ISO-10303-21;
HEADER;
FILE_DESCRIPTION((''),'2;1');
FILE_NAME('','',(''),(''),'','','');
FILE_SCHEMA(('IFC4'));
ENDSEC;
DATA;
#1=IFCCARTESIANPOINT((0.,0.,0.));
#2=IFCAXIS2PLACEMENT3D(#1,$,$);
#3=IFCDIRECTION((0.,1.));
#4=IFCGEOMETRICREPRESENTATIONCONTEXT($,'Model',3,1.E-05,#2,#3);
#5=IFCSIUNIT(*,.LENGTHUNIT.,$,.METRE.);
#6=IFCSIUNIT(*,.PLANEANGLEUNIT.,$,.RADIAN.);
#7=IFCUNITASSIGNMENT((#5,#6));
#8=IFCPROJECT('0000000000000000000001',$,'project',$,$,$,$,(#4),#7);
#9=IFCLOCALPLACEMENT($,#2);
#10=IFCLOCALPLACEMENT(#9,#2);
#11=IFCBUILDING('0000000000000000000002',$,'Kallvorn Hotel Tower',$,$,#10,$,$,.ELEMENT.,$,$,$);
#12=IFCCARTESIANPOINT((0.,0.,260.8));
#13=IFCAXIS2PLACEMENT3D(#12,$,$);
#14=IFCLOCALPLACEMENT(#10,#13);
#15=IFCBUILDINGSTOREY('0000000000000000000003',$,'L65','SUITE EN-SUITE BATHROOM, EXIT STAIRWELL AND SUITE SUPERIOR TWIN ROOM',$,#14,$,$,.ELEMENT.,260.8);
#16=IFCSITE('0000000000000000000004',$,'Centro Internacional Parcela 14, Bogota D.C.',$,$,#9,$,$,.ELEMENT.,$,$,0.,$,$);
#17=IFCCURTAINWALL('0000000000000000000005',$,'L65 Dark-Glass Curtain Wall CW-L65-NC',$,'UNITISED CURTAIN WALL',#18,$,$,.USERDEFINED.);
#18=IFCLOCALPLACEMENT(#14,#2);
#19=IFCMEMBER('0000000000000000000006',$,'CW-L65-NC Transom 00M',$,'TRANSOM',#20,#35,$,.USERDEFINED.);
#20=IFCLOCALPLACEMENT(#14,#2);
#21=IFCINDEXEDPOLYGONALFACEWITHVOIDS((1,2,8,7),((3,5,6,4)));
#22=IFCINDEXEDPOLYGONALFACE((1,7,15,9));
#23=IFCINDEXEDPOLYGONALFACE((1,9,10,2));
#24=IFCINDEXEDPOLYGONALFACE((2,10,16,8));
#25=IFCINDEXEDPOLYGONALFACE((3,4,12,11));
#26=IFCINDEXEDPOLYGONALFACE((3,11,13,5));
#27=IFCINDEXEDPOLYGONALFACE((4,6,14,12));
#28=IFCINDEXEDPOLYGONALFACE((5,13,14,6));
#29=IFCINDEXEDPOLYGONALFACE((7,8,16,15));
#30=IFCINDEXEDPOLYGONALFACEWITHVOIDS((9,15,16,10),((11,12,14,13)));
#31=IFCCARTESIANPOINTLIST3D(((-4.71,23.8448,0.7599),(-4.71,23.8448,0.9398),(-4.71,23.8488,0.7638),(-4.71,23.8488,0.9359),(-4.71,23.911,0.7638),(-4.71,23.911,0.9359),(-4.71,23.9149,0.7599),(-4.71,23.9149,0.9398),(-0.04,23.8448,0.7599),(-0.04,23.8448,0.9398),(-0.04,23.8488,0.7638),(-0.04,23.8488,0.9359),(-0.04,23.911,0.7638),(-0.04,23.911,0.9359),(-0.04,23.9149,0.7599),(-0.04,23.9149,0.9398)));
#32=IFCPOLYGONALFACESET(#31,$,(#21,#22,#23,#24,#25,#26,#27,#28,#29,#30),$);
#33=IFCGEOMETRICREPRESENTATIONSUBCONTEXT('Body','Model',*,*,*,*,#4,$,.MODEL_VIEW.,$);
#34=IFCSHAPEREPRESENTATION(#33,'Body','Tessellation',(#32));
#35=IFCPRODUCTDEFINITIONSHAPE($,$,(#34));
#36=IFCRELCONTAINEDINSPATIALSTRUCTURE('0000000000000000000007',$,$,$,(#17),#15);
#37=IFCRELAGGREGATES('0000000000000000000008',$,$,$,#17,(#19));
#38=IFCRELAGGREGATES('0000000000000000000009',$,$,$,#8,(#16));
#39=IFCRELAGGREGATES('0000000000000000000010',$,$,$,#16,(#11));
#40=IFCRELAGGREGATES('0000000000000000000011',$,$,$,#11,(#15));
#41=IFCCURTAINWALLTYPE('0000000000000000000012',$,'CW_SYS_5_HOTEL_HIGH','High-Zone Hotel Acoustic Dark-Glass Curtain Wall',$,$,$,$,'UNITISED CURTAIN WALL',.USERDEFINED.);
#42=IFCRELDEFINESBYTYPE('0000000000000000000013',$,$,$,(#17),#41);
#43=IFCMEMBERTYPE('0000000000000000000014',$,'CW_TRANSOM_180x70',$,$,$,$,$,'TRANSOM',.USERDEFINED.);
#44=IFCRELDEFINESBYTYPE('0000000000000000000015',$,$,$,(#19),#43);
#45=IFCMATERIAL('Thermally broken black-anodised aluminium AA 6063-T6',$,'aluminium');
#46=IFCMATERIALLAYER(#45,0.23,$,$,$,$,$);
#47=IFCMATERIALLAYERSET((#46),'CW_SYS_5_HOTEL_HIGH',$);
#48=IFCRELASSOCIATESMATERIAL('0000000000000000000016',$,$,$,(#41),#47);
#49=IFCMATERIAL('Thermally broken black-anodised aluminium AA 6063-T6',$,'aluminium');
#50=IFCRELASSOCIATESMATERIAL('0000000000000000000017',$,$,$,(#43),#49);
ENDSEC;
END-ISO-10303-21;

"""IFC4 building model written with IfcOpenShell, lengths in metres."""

from ifc_helpers import new_model, si_unit, direction, frame, origin, origin_2d, place, context, subcontext, project, spatial, hollow_rectangle, extrude, material, layer, layer_set, material_profile, profile_set, type_object, element, aggregate, save


model = new_model("IFC4")

# Units and contexts
model_context = context("Model", 3, precision=1e-05, world=origin(), true_north=direction((0.0, 1.0)))
body_context = subcontext(model_context, "Body", "Model", "MODEL_VIEW")
ifc_project = project(units=[si_unit("LENGTHUNIT", "METRE"), si_unit("PLANEANGLEUNIT", "RADIAN")], contexts=[model_context])

# Site, building, storey
site_placement = place(None, origin())
site = spatial("IfcSite", under=ifc_project, at=site_placement, Name="Centro Internacional Parcela 14, Bogota D.C.", CompositionType="ELEMENT", RefElevation=0.0)
building_placement = place(site_placement, origin())
building = spatial("IfcBuilding", under=site, at=building_placement, Name="Kallvorn Hotel Tower", CompositionType="ELEMENT")
storey_placement = place(building_placement, frame((0.0, 0.0, 260.8)))
storey = spatial("IfcBuildingStorey", under=building, at=storey_placement, Name="L65", Description="SUITE EN-SUITE BATHROOM, EXIT STAIRWELL AND SUITE SUPERIOR TWIN ROOM", CompositionType="ELEMENT", Elevation=260.8)

# Curtain wall, member
ifc_material_1 = material(Name="Thermally broken black-anodised aluminium AA 6063-T6", Category="aluminium")
ifc_layer = layer(ifc_material_1, 0.23)
ifc_layer_set = layer_set([ifc_layer], Name="CW_SYS_5_HOTEL_HIGH")
curtain_wall_type = type_object("IfcCurtainWallType", Name="CW_SYS_5_HOTEL_HIGH", Description="High-Zone Hotel Acoustic Dark-Glass Curtain Wall", ElementType="UNITISED CURTAIN WALL", PredefinedType="USERDEFINED", material=ifc_layer_set)
curtain_wall_placement = place(storey_placement, origin())
curtain_wall = element("IfcCurtainWall", 1, at=curtain_wall_placement, inside=storey, type_object=curtain_wall_type, Name="L65 Dark-Glass Curtain Wall CW-L65-NC", ObjectType="UNITISED CURTAIN WALL", PredefinedType="USERDEFINED")
ifc_material_2 = material(Name="Thermally broken black-anodised aluminium AA 6063-T6", Category="aluminium")
ifc_material_profile_1 = material_profile(ifc_material_2, hollow_rectangle(XDim=0.0701, YDim=0.1799, WallThickness=0.0039, at=origin_2d()), Name="TRN 180x70")
ifc_profile_set_1 = profile_set([ifc_material_profile_1], Name="Thermally broken black-anodised aluminium AA 6063-T6")
member_type_1 = type_object("IfcMemberType", Name="CW_TRANSOM_180x70", ElementType="TRANSOM", PredefinedType="USERDEFINED", material=ifc_profile_set_1)
member_1_placement = place(storey_placement, frame((-4.71, 23.8799, 0.8499), z_axis=(1.0, 0.0, 0.0), x_axis=(0.0, 1.0, 0.0)))
member_1 = element("IfcMember", 2, at=member_1_placement, type_object=member_type_1, Name="CW-L65-NC Transom 00M", ObjectType="TRANSOM", PredefinedType="USERDEFINED", context=body_context, shape_type="SweptSolid", body=[
    extrude(hollow_rectangle(XDim=0.0701, YDim=0.1799, WallThickness=0.0039, at=origin_2d()), origin(), (0.0, 0.0, 1.0), 4.6699),
])
aggregate(curtain_wall, [member_1])

save(model, "model.ifc")
